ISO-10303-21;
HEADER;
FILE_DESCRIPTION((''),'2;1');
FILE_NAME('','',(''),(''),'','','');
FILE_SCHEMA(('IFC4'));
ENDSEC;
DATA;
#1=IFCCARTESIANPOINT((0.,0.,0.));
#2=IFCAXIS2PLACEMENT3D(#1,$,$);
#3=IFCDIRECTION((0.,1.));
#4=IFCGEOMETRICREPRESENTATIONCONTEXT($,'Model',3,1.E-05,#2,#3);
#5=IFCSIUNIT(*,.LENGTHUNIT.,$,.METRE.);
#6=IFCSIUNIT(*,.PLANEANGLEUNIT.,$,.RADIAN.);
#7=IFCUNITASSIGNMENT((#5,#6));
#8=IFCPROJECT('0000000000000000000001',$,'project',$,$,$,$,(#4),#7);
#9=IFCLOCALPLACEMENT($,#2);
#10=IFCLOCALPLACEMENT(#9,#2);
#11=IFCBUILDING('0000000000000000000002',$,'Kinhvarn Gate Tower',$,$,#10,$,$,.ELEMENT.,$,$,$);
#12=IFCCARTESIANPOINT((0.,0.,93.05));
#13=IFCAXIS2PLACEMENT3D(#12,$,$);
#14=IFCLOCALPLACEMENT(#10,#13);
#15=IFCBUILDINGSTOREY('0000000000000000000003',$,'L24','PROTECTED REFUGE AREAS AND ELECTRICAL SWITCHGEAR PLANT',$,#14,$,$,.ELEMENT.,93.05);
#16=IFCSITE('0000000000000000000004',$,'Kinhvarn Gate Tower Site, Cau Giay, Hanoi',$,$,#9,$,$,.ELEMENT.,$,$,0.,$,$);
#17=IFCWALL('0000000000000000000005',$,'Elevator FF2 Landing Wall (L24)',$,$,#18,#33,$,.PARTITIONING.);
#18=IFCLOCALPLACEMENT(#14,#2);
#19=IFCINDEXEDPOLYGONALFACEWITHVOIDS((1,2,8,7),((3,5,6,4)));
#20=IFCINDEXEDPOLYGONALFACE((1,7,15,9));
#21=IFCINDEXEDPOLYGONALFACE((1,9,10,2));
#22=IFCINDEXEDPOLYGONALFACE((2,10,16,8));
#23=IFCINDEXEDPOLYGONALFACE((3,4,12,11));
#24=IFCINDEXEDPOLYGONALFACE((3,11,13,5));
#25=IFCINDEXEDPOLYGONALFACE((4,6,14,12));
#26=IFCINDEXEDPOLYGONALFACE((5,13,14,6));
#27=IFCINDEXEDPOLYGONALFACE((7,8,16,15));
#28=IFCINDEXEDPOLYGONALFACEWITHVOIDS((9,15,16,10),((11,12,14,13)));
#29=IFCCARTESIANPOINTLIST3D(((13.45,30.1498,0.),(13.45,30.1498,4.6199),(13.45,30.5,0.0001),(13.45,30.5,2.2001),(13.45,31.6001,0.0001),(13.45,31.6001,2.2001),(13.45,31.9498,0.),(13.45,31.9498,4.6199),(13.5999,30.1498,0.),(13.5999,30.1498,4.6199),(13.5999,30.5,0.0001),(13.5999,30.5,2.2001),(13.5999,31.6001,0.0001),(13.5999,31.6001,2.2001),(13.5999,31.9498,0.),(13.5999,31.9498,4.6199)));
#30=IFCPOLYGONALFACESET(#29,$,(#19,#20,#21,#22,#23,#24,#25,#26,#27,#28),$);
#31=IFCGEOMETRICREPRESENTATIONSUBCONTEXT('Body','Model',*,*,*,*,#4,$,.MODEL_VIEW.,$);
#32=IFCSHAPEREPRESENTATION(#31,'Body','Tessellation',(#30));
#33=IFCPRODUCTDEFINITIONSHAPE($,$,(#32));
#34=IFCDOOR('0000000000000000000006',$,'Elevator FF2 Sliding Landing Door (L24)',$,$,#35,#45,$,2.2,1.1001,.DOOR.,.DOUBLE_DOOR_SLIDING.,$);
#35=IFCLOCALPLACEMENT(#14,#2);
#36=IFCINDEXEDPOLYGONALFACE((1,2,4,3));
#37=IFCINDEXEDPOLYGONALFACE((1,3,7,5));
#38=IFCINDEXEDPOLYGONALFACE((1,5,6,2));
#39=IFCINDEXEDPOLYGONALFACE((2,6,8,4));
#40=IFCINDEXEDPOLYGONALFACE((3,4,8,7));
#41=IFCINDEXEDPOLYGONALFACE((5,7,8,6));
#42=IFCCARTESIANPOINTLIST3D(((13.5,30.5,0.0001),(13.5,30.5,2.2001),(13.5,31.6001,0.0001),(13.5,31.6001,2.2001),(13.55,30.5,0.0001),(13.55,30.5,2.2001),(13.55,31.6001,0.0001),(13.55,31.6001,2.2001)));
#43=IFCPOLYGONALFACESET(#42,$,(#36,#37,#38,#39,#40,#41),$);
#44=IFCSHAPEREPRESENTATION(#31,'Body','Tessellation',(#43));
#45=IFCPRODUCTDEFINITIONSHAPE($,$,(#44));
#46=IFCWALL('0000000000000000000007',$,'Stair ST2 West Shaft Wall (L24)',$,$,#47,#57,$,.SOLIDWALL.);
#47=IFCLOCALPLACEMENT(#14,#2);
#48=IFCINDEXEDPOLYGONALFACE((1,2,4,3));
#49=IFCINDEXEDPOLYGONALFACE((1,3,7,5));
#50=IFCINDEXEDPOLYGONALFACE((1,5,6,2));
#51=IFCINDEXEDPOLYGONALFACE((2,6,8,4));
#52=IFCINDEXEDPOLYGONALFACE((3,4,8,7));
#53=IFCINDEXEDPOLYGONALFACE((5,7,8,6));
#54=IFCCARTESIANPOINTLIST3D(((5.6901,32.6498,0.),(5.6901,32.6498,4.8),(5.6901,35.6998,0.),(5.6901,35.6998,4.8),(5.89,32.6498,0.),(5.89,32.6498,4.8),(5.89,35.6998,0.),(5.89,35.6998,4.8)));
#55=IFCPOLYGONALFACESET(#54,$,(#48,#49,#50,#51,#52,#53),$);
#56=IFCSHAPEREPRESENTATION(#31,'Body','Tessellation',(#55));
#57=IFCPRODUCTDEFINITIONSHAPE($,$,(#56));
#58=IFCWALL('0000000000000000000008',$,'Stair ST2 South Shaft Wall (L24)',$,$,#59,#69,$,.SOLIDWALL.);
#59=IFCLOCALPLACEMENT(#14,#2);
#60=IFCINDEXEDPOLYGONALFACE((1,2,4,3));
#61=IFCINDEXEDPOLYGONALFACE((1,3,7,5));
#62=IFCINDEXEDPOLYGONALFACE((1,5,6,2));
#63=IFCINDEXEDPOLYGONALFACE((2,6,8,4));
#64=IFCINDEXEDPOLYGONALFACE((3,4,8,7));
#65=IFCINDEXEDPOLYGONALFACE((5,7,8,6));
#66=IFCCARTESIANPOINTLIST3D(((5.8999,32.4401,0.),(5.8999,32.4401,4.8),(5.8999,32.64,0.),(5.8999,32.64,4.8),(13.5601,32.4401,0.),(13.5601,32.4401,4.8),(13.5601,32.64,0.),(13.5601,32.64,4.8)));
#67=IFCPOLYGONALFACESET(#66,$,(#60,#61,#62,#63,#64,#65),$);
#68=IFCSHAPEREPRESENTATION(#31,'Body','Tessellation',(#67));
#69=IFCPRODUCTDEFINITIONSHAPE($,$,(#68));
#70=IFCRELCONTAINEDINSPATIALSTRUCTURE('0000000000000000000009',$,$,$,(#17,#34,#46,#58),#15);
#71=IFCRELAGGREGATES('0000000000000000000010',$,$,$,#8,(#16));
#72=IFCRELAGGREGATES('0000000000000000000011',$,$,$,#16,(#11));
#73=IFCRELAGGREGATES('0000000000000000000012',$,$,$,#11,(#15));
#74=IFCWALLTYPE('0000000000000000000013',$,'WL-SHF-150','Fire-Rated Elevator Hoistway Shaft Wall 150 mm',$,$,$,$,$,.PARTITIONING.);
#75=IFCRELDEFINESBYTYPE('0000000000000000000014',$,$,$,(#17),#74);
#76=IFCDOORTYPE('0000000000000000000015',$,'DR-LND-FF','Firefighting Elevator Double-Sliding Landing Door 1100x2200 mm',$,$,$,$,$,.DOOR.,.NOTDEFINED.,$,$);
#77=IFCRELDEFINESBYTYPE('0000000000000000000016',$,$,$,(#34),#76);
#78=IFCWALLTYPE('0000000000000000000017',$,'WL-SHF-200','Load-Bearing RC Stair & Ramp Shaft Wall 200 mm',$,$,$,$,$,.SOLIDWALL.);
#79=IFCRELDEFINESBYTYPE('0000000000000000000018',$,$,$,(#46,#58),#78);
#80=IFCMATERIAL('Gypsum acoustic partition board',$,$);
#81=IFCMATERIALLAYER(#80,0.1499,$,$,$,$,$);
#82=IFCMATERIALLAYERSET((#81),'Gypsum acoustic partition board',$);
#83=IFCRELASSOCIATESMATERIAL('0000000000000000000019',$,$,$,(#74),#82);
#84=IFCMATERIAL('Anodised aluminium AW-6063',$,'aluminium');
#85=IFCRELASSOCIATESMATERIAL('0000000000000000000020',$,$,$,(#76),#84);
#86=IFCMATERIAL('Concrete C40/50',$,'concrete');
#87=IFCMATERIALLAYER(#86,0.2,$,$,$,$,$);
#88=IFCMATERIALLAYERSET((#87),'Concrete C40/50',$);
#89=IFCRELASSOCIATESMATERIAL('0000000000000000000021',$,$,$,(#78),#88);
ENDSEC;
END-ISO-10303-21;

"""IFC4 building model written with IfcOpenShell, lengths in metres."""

from ifc_helpers import new_model, si_unit, direction, frame, frame_2d, origin, place, context, subcontext, project, spatial, rectangle, extrude, material, layer, layer_set, type_object, element, fill, save


model = new_model("IFC4")

# Units and contexts
model_context = context("Model", 3, precision=1e-05, world=origin(), true_north=direction((0.0, 1.0)))
body_context = subcontext(model_context, "Body", "Model", "MODEL_VIEW")
ifc_project = project(units=[si_unit("LENGTHUNIT", "METRE"), si_unit("PLANEANGLEUNIT", "RADIAN")], contexts=[model_context])

# Site, building, storey
site_placement = place(None, origin())
site = spatial("IfcSite", under=ifc_project, at=site_placement, Name="Kinhvarn Gate Tower Site, Cau Giay, Hanoi", CompositionType="ELEMENT", RefElevation=0.0)
building_placement = place(site_placement, origin())
building = spatial("IfcBuilding", under=site, at=building_placement, Name="Kinhvarn Gate Tower", CompositionType="ELEMENT")
storey_placement = place(building_placement, frame((0.0, 0.0, 93.05)))
storey = spatial("IfcBuildingStorey", under=building, at=storey_placement, Name="L24", Description="PROTECTED REFUGE AREAS AND ELECTRICAL SWITCHGEAR PLANT", CompositionType="ELEMENT", Elevation=93.05)

# Shared definitions
ifc_material_1 = material(Name="Gypsum acoustic partition board")
ifc_layer_1 = layer(ifc_material_1, 0.1499)
ifc_layer_set_1 = layer_set([ifc_layer_1], Name="Gypsum acoustic partition board")
wall_type_1 = type_object("IfcWallType", Name="WL-SHF-150", Description="Fire-Rated Elevator Hoistway Shaft Wall 150 mm", PredefinedType="PARTITIONING", material=ifc_layer_set_1)

# Shared definitions
ifc_material_2 = material(Name="Anodised aluminium AW-6063", Category="aluminium")

# Wall, opening, door
wall_1_placement = place(storey_placement, frame((13.5249, 30.1499, 0.0), z_axis=(0.0, 0.0, 1.0), x_axis=(0.0, 1.0, 0.0)))
wall_1 = element("IfcWall", 1, at=wall_1_placement, inside=storey, type_object=wall_type_1, Name="Elevator FF2 Landing Wall (L24)", PredefinedType="PARTITIONING", context=body_context, shape_type="SweptSolid", body=[
    extrude(rectangle(XDim=1.8, YDim=0.1499, at=frame_2d((0.8999, 0.0))), origin(), (0.0, 0.0, 1.0), 4.6199),
])
opening_1_placement = place(wall_1_placement, frame((0.3501, 0.0, 0.0)))
opening_1 = element("IfcOpeningElement", 2, at=opening_1_placement, cuts=wall_1, PredefinedType="OPENING", context=body_context, shape_type="SweptSolid", body=[
    extrude(rectangle(XDim=1.1001, YDim=2.2, at=frame_2d((0.55, 1.1001))), frame((0.0, 0.085, 0.0), z_axis=(0.0, -1.0, 0.0), x_axis=(1.0, 0.0, 0.0)), (0.0, 0.0, 1.0), 0.1699),
])
door_type_1 = type_object("IfcDoorType", Name="DR-LND-FF", Description="Firefighting Elevator Double-Sliding Landing Door 1100x2200 mm", OperationType="NOTDEFINED", PredefinedType="DOOR", material=ifc_material_2)
door_1_placement = place(opening_1_placement, origin())
door_1 = element("IfcDoor", 3, at=door_1_placement, inside=storey, type_object=door_type_1, Name="Elevator FF2 Sliding Landing Door (L24)", OperationType="DOUBLE_DOOR_SLIDING", OverallHeight=2.2, OverallWidth=1.1001, PredefinedType="DOOR", context=body_context, shape_type="SweptSolid", body=[
    extrude(rectangle(XDim=1.1001, YDim=2.2, at=frame_2d((0.55, 1.1001))), frame((0.0, 0.0249, 0.0), z_axis=(0.0, -1.0, 0.0), x_axis=(1.0, 0.0, 0.0)), (0.0, 0.0, 1.0), 0.05),
])
fill(opening_1, door_1)

# Walls
ifc_material_3 = material(Name="Concrete C40/50", Category="concrete")
ifc_layer_2 = layer(ifc_material_3, 0.2)
ifc_layer_set_2 = layer_set([ifc_layer_2], Name="Concrete C40/50")
wall_type_2 = type_object("IfcWallType", Name="WL-SHF-200", Description="Load-Bearing RC Stair & Ramp Shaft Wall 200 mm", PredefinedType="SOLIDWALL", material=ifc_layer_set_2)
wall_2_placement = place(storey_placement, frame((5.79, 32.6499, 0.0), z_axis=(0.0, 0.0, 1.0), x_axis=(0.0, 1.0, 0.0)))
element("IfcWall", 4, at=wall_2_placement, inside=storey, type_object=wall_type_2, Name="Stair ST2 West Shaft Wall (L24)", PredefinedType="SOLIDWALL", context=body_context, shape_type="SweptSolid", body=[
    extrude(rectangle(XDim=3.05, YDim=0.2, at=frame_2d((1.5249, 0.0))), origin(), (0.0, 0.0, 1.0), 4.8),
])
wall_3_placement = place(storey_placement, frame((5.8999, 32.54, 0.0), z_axis=(0.0, 0.0, 1.0), x_axis=(1.0, 0.0, 0.0)))
element("IfcWall", 5, at=wall_3_placement, inside=storey, type_object=wall_type_2, Name="Stair ST2 South Shaft Wall (L24)", PredefinedType="SOLIDWALL", context=body_context, shape_type="SweptSolid", body=[
    extrude(rectangle(XDim=7.6602, YDim=0.2, at=frame_2d((3.8301, 0.0))), origin(), (0.0, 0.0, 1.0), 4.8),
])

save(model, "model.ifc")
